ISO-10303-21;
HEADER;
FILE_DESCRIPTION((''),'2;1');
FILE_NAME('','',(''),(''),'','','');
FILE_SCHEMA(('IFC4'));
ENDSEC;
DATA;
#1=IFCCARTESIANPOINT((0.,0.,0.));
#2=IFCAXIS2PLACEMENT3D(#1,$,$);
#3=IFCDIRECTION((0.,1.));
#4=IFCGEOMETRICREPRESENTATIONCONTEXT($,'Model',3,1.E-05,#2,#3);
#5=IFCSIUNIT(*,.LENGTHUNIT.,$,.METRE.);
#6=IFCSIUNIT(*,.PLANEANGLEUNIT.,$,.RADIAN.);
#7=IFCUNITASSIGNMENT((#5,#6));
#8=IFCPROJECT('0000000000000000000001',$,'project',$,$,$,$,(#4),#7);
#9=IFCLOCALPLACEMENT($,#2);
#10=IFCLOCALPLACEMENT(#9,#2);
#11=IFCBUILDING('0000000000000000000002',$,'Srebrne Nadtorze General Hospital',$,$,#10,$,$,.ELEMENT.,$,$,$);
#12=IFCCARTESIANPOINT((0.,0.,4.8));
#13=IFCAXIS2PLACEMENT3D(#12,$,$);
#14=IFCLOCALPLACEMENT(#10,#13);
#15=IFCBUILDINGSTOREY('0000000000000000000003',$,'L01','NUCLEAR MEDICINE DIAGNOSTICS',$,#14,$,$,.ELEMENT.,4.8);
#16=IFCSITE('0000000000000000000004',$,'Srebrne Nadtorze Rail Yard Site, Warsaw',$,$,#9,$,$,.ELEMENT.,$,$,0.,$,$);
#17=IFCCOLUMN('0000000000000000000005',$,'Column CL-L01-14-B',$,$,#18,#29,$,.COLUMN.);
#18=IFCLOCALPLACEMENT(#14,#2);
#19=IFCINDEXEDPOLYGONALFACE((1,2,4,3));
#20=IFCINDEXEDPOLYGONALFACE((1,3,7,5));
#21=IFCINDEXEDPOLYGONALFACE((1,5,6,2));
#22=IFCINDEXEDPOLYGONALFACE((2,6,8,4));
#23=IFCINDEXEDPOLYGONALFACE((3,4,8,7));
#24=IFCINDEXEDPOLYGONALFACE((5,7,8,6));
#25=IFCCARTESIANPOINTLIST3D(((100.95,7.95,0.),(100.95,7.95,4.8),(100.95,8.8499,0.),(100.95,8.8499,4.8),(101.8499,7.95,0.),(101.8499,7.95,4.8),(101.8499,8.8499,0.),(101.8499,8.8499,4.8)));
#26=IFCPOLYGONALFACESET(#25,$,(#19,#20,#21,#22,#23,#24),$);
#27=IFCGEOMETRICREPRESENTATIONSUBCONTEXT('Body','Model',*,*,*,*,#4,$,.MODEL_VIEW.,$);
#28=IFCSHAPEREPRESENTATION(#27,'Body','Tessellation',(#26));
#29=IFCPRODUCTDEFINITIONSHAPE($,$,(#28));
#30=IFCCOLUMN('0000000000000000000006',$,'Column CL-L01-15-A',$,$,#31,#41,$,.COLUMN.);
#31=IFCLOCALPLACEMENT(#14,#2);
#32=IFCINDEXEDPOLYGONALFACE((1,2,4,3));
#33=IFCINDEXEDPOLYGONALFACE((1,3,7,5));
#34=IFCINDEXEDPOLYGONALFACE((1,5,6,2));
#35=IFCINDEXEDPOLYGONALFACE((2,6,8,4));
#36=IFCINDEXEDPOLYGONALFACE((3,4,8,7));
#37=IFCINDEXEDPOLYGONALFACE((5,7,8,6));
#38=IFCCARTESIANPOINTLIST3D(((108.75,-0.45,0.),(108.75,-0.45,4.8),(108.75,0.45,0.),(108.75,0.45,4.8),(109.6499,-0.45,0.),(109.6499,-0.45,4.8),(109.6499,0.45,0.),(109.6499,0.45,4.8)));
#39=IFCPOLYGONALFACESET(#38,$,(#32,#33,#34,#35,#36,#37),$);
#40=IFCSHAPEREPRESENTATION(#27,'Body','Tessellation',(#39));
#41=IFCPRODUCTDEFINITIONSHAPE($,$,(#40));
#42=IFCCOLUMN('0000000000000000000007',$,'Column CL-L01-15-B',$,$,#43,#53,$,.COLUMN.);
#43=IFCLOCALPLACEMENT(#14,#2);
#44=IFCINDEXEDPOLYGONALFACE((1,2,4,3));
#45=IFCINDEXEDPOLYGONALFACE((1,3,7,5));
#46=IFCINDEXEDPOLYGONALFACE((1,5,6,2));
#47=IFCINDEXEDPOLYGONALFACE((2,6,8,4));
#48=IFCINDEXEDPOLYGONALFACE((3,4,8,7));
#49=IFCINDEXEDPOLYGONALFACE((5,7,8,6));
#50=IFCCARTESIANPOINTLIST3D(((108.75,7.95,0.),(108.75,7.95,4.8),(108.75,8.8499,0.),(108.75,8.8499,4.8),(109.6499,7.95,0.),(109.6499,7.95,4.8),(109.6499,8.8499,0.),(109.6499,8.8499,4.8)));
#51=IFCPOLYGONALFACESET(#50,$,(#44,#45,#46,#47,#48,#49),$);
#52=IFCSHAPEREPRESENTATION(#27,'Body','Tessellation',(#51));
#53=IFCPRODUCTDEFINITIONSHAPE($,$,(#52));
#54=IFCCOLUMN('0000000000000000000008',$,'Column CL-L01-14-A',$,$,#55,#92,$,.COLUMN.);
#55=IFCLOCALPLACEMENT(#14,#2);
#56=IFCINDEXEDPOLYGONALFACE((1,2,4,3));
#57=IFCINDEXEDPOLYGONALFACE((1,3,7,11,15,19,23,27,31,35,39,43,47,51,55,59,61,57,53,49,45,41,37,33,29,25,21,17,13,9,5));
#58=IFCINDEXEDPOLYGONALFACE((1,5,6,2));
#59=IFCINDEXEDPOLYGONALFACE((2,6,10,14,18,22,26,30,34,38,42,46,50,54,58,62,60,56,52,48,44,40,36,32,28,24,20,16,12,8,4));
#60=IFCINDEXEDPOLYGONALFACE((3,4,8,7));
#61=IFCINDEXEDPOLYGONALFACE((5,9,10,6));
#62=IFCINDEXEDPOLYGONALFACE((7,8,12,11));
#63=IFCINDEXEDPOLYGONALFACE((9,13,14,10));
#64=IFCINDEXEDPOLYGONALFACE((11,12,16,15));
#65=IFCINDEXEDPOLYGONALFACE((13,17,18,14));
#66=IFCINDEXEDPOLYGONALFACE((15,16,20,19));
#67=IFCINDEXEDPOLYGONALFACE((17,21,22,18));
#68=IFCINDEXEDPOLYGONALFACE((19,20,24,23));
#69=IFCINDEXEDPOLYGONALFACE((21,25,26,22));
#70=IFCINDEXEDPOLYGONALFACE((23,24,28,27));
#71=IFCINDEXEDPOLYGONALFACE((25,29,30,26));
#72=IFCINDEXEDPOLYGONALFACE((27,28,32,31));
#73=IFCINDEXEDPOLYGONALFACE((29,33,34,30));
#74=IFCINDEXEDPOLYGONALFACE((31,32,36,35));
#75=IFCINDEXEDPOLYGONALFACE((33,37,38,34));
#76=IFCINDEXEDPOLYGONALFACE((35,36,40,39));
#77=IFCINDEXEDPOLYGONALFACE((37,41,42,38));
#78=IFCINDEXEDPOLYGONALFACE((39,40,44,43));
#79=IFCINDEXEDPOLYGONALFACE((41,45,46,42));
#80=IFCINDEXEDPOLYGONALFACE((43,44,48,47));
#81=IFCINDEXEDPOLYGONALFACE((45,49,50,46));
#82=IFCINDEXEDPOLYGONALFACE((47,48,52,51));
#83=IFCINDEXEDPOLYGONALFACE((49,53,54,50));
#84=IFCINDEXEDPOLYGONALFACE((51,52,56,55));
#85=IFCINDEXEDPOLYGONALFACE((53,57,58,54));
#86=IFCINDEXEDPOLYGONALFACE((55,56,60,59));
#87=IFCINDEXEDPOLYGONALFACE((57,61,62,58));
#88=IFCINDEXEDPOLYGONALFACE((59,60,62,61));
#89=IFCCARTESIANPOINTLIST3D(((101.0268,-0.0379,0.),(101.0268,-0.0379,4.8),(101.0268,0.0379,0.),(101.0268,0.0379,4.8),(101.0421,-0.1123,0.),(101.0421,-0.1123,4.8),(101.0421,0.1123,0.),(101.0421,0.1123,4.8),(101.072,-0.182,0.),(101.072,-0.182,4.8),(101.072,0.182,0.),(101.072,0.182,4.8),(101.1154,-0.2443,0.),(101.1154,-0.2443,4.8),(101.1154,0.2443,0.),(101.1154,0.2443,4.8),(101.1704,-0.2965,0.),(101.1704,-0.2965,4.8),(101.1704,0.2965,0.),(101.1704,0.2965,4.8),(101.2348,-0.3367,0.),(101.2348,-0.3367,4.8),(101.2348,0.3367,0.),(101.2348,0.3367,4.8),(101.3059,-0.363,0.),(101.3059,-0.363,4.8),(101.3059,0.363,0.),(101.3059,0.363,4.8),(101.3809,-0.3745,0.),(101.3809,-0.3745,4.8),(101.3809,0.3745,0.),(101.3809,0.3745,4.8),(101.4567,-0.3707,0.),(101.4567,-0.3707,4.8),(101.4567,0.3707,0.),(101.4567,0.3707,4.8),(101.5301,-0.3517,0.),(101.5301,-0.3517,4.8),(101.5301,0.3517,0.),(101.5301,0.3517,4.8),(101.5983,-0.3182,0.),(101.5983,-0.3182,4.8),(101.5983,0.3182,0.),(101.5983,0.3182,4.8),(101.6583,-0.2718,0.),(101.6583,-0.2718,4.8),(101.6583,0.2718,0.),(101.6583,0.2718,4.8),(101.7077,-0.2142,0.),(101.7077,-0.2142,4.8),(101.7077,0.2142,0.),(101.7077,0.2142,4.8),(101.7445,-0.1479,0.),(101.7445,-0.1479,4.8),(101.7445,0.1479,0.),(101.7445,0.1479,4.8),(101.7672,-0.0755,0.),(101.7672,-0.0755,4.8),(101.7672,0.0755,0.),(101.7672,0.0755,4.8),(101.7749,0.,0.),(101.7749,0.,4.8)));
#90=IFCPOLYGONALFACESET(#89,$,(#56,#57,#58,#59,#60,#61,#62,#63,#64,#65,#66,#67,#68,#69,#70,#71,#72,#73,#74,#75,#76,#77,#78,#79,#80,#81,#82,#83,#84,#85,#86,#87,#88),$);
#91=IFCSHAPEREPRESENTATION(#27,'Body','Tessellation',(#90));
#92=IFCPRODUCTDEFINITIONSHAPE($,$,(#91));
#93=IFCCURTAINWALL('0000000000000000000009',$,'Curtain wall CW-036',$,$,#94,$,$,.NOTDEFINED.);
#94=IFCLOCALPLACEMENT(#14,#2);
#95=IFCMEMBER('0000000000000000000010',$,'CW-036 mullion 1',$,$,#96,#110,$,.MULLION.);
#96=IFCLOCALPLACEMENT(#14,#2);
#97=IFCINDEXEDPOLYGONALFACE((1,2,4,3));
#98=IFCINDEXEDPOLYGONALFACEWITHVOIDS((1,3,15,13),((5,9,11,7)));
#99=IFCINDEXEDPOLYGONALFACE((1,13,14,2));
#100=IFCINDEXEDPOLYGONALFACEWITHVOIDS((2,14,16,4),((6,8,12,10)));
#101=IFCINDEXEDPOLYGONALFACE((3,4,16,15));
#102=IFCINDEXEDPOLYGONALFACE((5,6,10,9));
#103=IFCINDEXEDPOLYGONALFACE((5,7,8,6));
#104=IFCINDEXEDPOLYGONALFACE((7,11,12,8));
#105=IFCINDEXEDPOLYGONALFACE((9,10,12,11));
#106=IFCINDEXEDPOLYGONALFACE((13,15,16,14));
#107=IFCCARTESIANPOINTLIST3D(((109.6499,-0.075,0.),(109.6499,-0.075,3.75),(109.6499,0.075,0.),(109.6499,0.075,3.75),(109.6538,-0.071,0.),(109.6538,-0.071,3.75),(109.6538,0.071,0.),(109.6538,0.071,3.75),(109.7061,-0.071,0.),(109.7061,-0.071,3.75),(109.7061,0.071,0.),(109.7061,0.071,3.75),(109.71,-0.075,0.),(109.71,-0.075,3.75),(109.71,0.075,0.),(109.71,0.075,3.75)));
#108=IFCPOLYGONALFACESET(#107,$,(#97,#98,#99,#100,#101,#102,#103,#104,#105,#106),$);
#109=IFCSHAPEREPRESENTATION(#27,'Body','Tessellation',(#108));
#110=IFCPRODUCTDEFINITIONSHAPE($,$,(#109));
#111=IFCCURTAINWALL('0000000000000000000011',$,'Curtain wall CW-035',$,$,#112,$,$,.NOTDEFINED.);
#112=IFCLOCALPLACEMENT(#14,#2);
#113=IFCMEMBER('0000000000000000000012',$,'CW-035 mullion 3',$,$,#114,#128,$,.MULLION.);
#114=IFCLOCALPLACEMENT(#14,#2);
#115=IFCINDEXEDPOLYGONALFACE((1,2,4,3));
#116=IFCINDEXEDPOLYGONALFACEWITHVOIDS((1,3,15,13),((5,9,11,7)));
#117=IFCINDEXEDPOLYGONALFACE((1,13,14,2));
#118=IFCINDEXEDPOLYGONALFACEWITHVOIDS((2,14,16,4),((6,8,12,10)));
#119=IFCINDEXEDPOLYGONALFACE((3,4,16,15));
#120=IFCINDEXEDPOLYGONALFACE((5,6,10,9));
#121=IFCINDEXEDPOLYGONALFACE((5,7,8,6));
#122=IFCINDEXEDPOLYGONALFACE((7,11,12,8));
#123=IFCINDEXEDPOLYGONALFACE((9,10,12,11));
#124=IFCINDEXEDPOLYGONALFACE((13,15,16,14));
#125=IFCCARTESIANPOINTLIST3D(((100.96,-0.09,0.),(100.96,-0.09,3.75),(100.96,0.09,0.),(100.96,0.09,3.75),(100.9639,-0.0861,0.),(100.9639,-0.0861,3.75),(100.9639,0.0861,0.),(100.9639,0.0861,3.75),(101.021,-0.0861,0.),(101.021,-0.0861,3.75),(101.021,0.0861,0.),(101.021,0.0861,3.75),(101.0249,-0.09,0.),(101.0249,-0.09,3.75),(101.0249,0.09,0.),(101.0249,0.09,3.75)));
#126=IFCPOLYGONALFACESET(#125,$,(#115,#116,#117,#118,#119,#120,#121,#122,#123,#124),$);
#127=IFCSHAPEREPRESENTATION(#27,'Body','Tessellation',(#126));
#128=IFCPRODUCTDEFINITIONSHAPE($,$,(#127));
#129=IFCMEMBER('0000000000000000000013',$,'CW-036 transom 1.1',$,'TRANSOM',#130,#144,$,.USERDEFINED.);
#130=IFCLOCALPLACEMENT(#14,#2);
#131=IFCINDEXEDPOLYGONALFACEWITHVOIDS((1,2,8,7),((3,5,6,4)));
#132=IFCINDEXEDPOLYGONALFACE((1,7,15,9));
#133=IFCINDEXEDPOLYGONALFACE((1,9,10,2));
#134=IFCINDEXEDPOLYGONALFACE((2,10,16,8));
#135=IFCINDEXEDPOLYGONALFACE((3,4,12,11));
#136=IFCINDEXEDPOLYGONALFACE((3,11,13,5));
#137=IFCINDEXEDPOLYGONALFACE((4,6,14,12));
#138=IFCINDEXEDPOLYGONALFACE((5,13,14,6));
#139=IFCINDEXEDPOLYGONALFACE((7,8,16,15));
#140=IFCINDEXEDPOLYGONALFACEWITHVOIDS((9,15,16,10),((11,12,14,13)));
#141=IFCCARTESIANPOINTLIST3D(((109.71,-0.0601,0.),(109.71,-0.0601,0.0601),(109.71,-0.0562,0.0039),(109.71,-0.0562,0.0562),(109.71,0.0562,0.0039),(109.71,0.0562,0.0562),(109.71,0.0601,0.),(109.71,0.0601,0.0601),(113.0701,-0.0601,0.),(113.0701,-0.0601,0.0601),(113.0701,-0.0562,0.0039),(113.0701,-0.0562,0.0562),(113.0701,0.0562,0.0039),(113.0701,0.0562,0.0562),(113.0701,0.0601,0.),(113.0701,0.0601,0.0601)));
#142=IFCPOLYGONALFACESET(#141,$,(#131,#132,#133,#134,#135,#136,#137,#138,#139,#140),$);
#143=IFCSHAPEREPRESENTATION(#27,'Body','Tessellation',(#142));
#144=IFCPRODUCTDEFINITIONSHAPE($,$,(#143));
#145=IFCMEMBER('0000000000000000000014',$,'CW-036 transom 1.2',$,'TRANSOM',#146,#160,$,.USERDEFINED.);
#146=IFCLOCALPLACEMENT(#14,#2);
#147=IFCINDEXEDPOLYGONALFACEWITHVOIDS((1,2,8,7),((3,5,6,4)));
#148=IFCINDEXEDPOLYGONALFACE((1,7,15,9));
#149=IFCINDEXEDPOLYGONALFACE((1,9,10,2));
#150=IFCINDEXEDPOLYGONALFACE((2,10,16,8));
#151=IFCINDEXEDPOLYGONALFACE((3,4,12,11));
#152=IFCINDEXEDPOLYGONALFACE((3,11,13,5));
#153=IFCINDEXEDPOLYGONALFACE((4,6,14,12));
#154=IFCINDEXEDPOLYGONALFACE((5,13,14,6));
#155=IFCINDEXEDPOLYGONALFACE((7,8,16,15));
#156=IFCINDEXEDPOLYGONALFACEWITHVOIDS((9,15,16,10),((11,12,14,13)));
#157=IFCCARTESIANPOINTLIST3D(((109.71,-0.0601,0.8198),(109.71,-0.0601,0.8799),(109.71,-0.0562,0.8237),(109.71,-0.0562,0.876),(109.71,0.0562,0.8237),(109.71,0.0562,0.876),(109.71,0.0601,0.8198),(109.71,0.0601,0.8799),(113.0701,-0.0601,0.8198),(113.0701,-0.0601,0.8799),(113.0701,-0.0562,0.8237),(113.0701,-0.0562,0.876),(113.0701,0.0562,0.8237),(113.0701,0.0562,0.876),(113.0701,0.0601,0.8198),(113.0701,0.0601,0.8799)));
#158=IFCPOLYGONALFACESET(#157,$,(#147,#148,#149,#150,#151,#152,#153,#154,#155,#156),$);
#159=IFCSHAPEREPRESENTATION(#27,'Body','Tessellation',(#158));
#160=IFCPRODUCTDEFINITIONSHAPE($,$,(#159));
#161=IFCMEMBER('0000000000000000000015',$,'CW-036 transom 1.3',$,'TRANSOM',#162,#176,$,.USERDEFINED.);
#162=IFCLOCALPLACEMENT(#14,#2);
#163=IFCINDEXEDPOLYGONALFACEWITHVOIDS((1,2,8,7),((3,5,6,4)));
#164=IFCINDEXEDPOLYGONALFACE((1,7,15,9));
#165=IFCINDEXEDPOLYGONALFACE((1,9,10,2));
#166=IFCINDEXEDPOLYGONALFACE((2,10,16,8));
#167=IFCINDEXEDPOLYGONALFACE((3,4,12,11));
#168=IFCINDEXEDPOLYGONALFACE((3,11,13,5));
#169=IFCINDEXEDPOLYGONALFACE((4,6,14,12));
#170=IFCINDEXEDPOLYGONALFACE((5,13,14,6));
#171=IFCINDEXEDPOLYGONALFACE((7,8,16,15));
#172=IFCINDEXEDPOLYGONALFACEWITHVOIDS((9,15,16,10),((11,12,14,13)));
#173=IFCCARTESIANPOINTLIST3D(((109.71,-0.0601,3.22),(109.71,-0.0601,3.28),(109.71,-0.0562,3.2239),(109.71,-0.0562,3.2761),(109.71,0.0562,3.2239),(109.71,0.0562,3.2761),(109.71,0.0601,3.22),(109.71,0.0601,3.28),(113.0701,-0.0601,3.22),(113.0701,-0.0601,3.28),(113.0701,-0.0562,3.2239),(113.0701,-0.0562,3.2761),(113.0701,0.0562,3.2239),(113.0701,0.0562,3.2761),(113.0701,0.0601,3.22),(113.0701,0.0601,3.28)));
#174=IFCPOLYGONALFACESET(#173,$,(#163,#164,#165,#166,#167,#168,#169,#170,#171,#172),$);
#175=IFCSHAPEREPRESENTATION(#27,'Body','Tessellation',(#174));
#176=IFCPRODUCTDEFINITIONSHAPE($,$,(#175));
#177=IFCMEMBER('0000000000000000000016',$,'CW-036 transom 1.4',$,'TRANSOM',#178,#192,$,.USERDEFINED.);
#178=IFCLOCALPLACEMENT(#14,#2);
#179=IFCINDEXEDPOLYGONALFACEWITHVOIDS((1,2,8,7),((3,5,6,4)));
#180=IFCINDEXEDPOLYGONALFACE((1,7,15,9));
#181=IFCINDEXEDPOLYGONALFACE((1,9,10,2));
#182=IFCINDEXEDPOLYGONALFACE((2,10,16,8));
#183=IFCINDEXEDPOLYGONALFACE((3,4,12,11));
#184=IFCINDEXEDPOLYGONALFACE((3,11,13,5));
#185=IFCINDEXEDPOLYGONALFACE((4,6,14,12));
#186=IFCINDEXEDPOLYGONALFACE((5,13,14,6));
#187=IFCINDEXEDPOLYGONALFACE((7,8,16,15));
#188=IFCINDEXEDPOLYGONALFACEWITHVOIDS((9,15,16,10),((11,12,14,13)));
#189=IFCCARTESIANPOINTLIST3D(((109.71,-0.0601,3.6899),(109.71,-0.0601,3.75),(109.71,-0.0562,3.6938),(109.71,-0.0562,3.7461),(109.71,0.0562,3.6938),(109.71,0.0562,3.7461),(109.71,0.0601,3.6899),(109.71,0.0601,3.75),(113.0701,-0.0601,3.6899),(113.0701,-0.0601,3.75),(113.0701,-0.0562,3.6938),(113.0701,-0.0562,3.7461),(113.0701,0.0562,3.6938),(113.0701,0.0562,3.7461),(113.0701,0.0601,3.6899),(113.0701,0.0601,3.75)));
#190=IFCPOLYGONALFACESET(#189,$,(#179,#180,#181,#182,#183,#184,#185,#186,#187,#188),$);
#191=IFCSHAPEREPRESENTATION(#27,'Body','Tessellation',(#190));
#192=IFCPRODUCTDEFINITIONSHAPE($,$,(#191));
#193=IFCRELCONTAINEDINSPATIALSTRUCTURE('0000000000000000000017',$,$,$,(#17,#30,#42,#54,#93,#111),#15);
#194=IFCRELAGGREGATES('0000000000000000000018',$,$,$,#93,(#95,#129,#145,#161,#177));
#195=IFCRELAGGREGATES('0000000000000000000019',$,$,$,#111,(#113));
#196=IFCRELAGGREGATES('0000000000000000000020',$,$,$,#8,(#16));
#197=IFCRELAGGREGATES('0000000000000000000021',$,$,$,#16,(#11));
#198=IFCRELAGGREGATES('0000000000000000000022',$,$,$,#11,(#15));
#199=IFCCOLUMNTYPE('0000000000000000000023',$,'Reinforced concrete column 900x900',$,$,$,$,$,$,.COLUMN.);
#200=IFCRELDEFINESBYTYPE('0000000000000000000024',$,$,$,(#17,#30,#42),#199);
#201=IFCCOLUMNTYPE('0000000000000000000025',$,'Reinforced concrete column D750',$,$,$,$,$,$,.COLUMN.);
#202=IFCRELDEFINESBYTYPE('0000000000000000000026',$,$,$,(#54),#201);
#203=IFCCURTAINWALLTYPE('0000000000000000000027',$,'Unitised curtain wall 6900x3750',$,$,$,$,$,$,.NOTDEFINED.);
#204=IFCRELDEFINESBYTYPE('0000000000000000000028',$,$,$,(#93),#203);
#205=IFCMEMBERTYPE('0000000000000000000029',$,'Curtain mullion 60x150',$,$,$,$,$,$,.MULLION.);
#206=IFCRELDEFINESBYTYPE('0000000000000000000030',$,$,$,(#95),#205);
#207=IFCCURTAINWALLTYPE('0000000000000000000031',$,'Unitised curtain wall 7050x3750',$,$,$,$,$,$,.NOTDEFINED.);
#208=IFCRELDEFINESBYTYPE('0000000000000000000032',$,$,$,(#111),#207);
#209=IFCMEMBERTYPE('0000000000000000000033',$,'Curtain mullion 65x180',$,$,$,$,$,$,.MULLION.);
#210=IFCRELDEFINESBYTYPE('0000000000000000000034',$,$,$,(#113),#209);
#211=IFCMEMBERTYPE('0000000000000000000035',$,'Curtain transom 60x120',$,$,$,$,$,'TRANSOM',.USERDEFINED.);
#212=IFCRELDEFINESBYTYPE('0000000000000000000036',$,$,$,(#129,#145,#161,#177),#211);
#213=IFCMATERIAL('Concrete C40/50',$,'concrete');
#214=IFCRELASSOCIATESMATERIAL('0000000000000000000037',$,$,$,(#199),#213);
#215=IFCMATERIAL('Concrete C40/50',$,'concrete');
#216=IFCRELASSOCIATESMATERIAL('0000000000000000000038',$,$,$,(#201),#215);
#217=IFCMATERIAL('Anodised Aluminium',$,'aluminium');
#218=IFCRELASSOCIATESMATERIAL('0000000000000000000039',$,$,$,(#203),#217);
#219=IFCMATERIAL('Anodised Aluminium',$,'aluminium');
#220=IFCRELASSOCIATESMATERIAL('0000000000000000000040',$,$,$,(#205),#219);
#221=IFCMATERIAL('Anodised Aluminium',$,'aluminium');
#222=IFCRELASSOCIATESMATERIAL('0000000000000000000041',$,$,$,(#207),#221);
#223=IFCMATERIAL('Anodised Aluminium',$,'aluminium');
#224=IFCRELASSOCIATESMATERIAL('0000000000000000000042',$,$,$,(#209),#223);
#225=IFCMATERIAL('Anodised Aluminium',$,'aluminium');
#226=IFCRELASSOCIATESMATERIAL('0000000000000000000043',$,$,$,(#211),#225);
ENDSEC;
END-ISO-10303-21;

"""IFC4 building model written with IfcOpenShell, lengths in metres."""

from ifc_helpers import new_model, si_unit, direction, frame, origin, origin_2d, place, context, subcontext, project, spatial, rectangle, hollow_rectangle, circle, extrude, material, material_profile, profile_set, type_object, element, aggregate, save


model = new_model("IFC4")

# Units and contexts
model_context = context("Model", 3, precision=1e-05, world=origin(), true_north=direction((0.0, 1.0)))
body_context = subcontext(model_context, "Body", "Model", "MODEL_VIEW")
ifc_project = project(units=[si_unit("LENGTHUNIT", "METRE"), si_unit("PLANEANGLEUNIT", "RADIAN")], contexts=[model_context])

# Site, building, storey
site_placement = place(None, origin())
site = spatial("IfcSite", under=ifc_project, at=site_placement, Name="Srebrne Nadtorze Rail Yard Site, Warsaw", CompositionType="ELEMENT", RefElevation=0.0)
building_placement = place(site_placement, origin())
building = spatial("IfcBuilding", under=site, at=building_placement, Name="Srebrne Nadtorze General Hospital", CompositionType="ELEMENT")
storey_placement = place(building_placement, frame((0.0, 0.0, 4.8)))
storey = spatial("IfcBuildingStorey", under=building, at=storey_placement, Name="L01", Description="NUCLEAR MEDICINE DIAGNOSTICS", CompositionType="ELEMENT", Elevation=4.8)

# Columns
ifc_material_1 = material(Name="Concrete C40/50", Category="concrete")
ifc_material_profile_1 = material_profile(ifc_material_1, rectangle(XDim=0.8999, YDim=0.8999, at=origin_2d()), Name="RC-COL-900x900")
ifc_profile_set_1 = profile_set([ifc_material_profile_1], Name="Concrete C40/50")
column_type_1 = type_object("IfcColumnType", Name="Reinforced concrete column 900x900", PredefinedType="COLUMN", material=ifc_profile_set_1)
for number, where, z_axis, x_axis, name in (
    (1, (101.3999, 8.3999, 0.0), (0.0, 0.0, 1.0), (1.0, 0.0, 0.0), "Column CL-L01-14-B"),
    (2, (109.2, 0.0, 0.0), (0.0, 0.0, 1.0), (1.0, 0.0, 0.0), "Column CL-L01-15-A"),
    (3, (109.2, 8.3999, 0.0), (0.0, 0.0, 1.0), (1.0, 0.0, 0.0), "Column CL-L01-15-B"),
):
    element("IfcColumn", number, at=place(storey_placement, frame(where, z_axis=z_axis, x_axis=x_axis)), inside=storey, type_object=column_type_1, Name=name, PredefinedType="COLUMN", context=body_context, shape_type="SweptSolid", body=[
        extrude(rectangle(XDim=0.8999, YDim=0.8999, at=origin_2d()), origin(), (0.0, 0.0, 1.0), 4.8),
    ])
ifc_material_2 = material(Name="Concrete C40/50", Category="concrete")
ifc_material_profile_2 = material_profile(ifc_material_2, circle(Radius=0.375, at=origin_2d()), Name="RC-COL-D750")
ifc_profile_set_2 = profile_set([ifc_material_profile_2], Name="Concrete C40/50")
column_type_2 = type_object("IfcColumnType", Name="Reinforced concrete column D750", PredefinedType="COLUMN", material=ifc_profile_set_2)
column_placement = place(storey_placement, frame((101.3999, 0.0, 0.0), z_axis=(0.0, 0.0, 1.0), x_axis=(1.0, 0.0, 0.0)))
element("IfcColumn", 4, at=column_placement, inside=storey, type_object=column_type_2, Name="Column CL-L01-14-A", PredefinedType="COLUMN", context=body_context, shape_type="SweptSolid", body=[
    extrude(circle(Radius=0.375, at=origin_2d()), origin(), (0.0, 0.0, 1.0), 4.8),
])

# Curtain walls, members
ifc_material_3 = material(Name="Anodised Aluminium", Category="aluminium")
curtain_wall_type_1 = type_object("IfcCurtainWallType", Name="Unitised curtain wall 6900x3750", PredefinedType="NOTDEFINED", material=ifc_material_3)
curtain_wall_1_placement = place(storey_placement, origin())
curtain_wall_1 = element("IfcCurtainWall", 5, at=curtain_wall_1_placement, inside=storey, type_object=curtain_wall_type_1, Name="Curtain wall CW-036", PredefinedType="NOTDEFINED")
ifc_material_4 = material(Name="Anodised Aluminium", Category="aluminium")
ifc_material_profile_3 = material_profile(ifc_material_4, hollow_rectangle(XDim=0.0601, YDim=0.1499, WallThickness=0.0039, at=origin_2d()), Name="AL-MUL-60x150")
ifc_profile_set_3 = profile_set([ifc_material_profile_3], Name="Anodised Aluminium")
member_type_1 = type_object("IfcMemberType", Name="Curtain mullion 60x150", PredefinedType="MULLION", material=ifc_profile_set_3)
member_1_placement = place(storey_placement, frame((109.6799, 0.0, 0.0), z_axis=(0.0, 0.0, 1.0), x_axis=(1.0, 0.0, 0.0)))
member_1 = element("IfcMember", 6, at=member_1_placement, type_object=member_type_1, Name="CW-036 mullion 1", PredefinedType="MULLION", context=body_context, shape_type="SweptSolid", body=[
    extrude(hollow_rectangle(XDim=0.0601, YDim=0.1499, WallThickness=0.0039, at=origin_2d()), origin(), (0.0, 0.0, 1.0), 3.75),
])
ifc_material_5 = material(Name="Anodised Aluminium", Category="aluminium")
curtain_wall_type_2 = type_object("IfcCurtainWallType", Name="Unitised curtain wall 7050x3750", PredefinedType="NOTDEFINED", material=ifc_material_5)
curtain_wall_2_placement = place(storey_placement, origin())
curtain_wall_2 = element("IfcCurtainWall", 7, at=curtain_wall_2_placement, inside=storey, type_object=curtain_wall_type_2, Name="Curtain wall CW-035", PredefinedType="NOTDEFINED")
ifc_material_6 = material(Name="Anodised Aluminium", Category="aluminium")
ifc_material_profile_4 = material_profile(ifc_material_6, hollow_rectangle(XDim=0.0649, YDim=0.1799, WallThickness=0.0039, at=origin_2d()), Name="AL-MUL-65x180")
ifc_profile_set_4 = profile_set([ifc_material_profile_4], Name="Anodised Aluminium")
member_type_2 = type_object("IfcMemberType", Name="Curtain mullion 65x180", PredefinedType="MULLION", material=ifc_profile_set_4)
member_2_placement = place(storey_placement, frame((100.9924, 0.0, 0.0), z_axis=(0.0, 0.0, 1.0), x_axis=(1.0, 0.0, 0.0)))
member_2 = element("IfcMember", 8, at=member_2_placement, type_object=member_type_2, Name="CW-035 mullion 3", PredefinedType="MULLION", context=body_context, shape_type="SweptSolid", body=[
    extrude(hollow_rectangle(XDim=0.0649, YDim=0.1799, WallThickness=0.0039, at=origin_2d()), origin(), (0.0, 0.0, 1.0), 3.75),
])

# Members
ifc_material_7 = material(Name="Anodised Aluminium", Category="aluminium")
ifc_material_profile_5 = material_profile(ifc_material_7, hollow_rectangle(XDim=0.0601, YDim=0.1201, WallThickness=0.0039, at=origin_2d()), Name="AL-TRN-60x120")
ifc_profile_set_5 = profile_set([ifc_material_profile_5], Name="Anodised Aluminium")
member_type_3 = type_object("IfcMemberType", Name="Curtain transom 60x120", ElementType="TRANSOM", PredefinedType="USERDEFINED", material=ifc_profile_set_5)
member_3_placement = place(storey_placement, frame((109.71, 0.0, 0.03), z_axis=(1.0, 0.0, 0.0), x_axis=(0.0, 0.0, 1.0)))
member_3 = element("IfcMember", 9, at=member_3_placement, type_object=member_type_3, Name="CW-036 transom 1.1", ObjectType="TRANSOM", PredefinedType="USERDEFINED", context=body_context, shape_type="SweptSolid", body=[
    extrude(hollow_rectangle(XDim=0.0601, YDim=0.1201, WallThickness=0.0039, at=origin_2d()), origin(), (0.0, 0.0, 1.0), 3.3601),
])
member_4_placement = place(storey_placement, frame((109.71, 0.0, 0.8499), z_axis=(1.0, 0.0, 0.0), x_axis=(0.0, 0.0, 1.0)))
member_4 = element("IfcMember", 10, at=member_4_placement, type_object=member_type_3, Name="CW-036 transom 1.2", ObjectType="TRANSOM", PredefinedType="USERDEFINED", context=body_context, shape_type="SweptSolid", body=[
    extrude(hollow_rectangle(XDim=0.0601, YDim=0.1201, WallThickness=0.0039, at=origin_2d()), origin(), (0.0, 0.0, 1.0), 3.3601),
])
member_5_placement = place(storey_placement, frame((109.71, 0.0, 3.25), z_axis=(1.0, 0.0, 0.0), x_axis=(0.0, 0.0, 1.0)))
member_5 = element("IfcMember", 11, at=member_5_placement, type_object=member_type_3, Name="CW-036 transom 1.3", ObjectType="TRANSOM", PredefinedType="USERDEFINED", context=body_context, shape_type="SweptSolid", body=[
    extrude(hollow_rectangle(XDim=0.0601, YDim=0.1201, WallThickness=0.0039, at=origin_2d()), origin(), (0.0, 0.0, 1.0), 3.3601),
])
member_6_placement = place(storey_placement, frame((109.71, 0.0, 3.72), z_axis=(1.0, 0.0, 0.0), x_axis=(0.0, 0.0, 1.0)))
member_6 = element("IfcMember", 12, at=member_6_placement, type_object=member_type_3, Name="CW-036 transom 1.4", ObjectType="TRANSOM", PredefinedType="USERDEFINED", context=body_context, shape_type="SweptSolid", body=[
    extrude(hollow_rectangle(XDim=0.0601, YDim=0.1201, WallThickness=0.0039, at=origin_2d()), origin(), (0.0, 0.0, 1.0), 3.3601),
])
aggregate(curtain_wall_1, [member_1, member_3, member_4, member_5, member_6])

aggregate(curtain_wall_2, [member_2])

save(model, "model.ifc")
